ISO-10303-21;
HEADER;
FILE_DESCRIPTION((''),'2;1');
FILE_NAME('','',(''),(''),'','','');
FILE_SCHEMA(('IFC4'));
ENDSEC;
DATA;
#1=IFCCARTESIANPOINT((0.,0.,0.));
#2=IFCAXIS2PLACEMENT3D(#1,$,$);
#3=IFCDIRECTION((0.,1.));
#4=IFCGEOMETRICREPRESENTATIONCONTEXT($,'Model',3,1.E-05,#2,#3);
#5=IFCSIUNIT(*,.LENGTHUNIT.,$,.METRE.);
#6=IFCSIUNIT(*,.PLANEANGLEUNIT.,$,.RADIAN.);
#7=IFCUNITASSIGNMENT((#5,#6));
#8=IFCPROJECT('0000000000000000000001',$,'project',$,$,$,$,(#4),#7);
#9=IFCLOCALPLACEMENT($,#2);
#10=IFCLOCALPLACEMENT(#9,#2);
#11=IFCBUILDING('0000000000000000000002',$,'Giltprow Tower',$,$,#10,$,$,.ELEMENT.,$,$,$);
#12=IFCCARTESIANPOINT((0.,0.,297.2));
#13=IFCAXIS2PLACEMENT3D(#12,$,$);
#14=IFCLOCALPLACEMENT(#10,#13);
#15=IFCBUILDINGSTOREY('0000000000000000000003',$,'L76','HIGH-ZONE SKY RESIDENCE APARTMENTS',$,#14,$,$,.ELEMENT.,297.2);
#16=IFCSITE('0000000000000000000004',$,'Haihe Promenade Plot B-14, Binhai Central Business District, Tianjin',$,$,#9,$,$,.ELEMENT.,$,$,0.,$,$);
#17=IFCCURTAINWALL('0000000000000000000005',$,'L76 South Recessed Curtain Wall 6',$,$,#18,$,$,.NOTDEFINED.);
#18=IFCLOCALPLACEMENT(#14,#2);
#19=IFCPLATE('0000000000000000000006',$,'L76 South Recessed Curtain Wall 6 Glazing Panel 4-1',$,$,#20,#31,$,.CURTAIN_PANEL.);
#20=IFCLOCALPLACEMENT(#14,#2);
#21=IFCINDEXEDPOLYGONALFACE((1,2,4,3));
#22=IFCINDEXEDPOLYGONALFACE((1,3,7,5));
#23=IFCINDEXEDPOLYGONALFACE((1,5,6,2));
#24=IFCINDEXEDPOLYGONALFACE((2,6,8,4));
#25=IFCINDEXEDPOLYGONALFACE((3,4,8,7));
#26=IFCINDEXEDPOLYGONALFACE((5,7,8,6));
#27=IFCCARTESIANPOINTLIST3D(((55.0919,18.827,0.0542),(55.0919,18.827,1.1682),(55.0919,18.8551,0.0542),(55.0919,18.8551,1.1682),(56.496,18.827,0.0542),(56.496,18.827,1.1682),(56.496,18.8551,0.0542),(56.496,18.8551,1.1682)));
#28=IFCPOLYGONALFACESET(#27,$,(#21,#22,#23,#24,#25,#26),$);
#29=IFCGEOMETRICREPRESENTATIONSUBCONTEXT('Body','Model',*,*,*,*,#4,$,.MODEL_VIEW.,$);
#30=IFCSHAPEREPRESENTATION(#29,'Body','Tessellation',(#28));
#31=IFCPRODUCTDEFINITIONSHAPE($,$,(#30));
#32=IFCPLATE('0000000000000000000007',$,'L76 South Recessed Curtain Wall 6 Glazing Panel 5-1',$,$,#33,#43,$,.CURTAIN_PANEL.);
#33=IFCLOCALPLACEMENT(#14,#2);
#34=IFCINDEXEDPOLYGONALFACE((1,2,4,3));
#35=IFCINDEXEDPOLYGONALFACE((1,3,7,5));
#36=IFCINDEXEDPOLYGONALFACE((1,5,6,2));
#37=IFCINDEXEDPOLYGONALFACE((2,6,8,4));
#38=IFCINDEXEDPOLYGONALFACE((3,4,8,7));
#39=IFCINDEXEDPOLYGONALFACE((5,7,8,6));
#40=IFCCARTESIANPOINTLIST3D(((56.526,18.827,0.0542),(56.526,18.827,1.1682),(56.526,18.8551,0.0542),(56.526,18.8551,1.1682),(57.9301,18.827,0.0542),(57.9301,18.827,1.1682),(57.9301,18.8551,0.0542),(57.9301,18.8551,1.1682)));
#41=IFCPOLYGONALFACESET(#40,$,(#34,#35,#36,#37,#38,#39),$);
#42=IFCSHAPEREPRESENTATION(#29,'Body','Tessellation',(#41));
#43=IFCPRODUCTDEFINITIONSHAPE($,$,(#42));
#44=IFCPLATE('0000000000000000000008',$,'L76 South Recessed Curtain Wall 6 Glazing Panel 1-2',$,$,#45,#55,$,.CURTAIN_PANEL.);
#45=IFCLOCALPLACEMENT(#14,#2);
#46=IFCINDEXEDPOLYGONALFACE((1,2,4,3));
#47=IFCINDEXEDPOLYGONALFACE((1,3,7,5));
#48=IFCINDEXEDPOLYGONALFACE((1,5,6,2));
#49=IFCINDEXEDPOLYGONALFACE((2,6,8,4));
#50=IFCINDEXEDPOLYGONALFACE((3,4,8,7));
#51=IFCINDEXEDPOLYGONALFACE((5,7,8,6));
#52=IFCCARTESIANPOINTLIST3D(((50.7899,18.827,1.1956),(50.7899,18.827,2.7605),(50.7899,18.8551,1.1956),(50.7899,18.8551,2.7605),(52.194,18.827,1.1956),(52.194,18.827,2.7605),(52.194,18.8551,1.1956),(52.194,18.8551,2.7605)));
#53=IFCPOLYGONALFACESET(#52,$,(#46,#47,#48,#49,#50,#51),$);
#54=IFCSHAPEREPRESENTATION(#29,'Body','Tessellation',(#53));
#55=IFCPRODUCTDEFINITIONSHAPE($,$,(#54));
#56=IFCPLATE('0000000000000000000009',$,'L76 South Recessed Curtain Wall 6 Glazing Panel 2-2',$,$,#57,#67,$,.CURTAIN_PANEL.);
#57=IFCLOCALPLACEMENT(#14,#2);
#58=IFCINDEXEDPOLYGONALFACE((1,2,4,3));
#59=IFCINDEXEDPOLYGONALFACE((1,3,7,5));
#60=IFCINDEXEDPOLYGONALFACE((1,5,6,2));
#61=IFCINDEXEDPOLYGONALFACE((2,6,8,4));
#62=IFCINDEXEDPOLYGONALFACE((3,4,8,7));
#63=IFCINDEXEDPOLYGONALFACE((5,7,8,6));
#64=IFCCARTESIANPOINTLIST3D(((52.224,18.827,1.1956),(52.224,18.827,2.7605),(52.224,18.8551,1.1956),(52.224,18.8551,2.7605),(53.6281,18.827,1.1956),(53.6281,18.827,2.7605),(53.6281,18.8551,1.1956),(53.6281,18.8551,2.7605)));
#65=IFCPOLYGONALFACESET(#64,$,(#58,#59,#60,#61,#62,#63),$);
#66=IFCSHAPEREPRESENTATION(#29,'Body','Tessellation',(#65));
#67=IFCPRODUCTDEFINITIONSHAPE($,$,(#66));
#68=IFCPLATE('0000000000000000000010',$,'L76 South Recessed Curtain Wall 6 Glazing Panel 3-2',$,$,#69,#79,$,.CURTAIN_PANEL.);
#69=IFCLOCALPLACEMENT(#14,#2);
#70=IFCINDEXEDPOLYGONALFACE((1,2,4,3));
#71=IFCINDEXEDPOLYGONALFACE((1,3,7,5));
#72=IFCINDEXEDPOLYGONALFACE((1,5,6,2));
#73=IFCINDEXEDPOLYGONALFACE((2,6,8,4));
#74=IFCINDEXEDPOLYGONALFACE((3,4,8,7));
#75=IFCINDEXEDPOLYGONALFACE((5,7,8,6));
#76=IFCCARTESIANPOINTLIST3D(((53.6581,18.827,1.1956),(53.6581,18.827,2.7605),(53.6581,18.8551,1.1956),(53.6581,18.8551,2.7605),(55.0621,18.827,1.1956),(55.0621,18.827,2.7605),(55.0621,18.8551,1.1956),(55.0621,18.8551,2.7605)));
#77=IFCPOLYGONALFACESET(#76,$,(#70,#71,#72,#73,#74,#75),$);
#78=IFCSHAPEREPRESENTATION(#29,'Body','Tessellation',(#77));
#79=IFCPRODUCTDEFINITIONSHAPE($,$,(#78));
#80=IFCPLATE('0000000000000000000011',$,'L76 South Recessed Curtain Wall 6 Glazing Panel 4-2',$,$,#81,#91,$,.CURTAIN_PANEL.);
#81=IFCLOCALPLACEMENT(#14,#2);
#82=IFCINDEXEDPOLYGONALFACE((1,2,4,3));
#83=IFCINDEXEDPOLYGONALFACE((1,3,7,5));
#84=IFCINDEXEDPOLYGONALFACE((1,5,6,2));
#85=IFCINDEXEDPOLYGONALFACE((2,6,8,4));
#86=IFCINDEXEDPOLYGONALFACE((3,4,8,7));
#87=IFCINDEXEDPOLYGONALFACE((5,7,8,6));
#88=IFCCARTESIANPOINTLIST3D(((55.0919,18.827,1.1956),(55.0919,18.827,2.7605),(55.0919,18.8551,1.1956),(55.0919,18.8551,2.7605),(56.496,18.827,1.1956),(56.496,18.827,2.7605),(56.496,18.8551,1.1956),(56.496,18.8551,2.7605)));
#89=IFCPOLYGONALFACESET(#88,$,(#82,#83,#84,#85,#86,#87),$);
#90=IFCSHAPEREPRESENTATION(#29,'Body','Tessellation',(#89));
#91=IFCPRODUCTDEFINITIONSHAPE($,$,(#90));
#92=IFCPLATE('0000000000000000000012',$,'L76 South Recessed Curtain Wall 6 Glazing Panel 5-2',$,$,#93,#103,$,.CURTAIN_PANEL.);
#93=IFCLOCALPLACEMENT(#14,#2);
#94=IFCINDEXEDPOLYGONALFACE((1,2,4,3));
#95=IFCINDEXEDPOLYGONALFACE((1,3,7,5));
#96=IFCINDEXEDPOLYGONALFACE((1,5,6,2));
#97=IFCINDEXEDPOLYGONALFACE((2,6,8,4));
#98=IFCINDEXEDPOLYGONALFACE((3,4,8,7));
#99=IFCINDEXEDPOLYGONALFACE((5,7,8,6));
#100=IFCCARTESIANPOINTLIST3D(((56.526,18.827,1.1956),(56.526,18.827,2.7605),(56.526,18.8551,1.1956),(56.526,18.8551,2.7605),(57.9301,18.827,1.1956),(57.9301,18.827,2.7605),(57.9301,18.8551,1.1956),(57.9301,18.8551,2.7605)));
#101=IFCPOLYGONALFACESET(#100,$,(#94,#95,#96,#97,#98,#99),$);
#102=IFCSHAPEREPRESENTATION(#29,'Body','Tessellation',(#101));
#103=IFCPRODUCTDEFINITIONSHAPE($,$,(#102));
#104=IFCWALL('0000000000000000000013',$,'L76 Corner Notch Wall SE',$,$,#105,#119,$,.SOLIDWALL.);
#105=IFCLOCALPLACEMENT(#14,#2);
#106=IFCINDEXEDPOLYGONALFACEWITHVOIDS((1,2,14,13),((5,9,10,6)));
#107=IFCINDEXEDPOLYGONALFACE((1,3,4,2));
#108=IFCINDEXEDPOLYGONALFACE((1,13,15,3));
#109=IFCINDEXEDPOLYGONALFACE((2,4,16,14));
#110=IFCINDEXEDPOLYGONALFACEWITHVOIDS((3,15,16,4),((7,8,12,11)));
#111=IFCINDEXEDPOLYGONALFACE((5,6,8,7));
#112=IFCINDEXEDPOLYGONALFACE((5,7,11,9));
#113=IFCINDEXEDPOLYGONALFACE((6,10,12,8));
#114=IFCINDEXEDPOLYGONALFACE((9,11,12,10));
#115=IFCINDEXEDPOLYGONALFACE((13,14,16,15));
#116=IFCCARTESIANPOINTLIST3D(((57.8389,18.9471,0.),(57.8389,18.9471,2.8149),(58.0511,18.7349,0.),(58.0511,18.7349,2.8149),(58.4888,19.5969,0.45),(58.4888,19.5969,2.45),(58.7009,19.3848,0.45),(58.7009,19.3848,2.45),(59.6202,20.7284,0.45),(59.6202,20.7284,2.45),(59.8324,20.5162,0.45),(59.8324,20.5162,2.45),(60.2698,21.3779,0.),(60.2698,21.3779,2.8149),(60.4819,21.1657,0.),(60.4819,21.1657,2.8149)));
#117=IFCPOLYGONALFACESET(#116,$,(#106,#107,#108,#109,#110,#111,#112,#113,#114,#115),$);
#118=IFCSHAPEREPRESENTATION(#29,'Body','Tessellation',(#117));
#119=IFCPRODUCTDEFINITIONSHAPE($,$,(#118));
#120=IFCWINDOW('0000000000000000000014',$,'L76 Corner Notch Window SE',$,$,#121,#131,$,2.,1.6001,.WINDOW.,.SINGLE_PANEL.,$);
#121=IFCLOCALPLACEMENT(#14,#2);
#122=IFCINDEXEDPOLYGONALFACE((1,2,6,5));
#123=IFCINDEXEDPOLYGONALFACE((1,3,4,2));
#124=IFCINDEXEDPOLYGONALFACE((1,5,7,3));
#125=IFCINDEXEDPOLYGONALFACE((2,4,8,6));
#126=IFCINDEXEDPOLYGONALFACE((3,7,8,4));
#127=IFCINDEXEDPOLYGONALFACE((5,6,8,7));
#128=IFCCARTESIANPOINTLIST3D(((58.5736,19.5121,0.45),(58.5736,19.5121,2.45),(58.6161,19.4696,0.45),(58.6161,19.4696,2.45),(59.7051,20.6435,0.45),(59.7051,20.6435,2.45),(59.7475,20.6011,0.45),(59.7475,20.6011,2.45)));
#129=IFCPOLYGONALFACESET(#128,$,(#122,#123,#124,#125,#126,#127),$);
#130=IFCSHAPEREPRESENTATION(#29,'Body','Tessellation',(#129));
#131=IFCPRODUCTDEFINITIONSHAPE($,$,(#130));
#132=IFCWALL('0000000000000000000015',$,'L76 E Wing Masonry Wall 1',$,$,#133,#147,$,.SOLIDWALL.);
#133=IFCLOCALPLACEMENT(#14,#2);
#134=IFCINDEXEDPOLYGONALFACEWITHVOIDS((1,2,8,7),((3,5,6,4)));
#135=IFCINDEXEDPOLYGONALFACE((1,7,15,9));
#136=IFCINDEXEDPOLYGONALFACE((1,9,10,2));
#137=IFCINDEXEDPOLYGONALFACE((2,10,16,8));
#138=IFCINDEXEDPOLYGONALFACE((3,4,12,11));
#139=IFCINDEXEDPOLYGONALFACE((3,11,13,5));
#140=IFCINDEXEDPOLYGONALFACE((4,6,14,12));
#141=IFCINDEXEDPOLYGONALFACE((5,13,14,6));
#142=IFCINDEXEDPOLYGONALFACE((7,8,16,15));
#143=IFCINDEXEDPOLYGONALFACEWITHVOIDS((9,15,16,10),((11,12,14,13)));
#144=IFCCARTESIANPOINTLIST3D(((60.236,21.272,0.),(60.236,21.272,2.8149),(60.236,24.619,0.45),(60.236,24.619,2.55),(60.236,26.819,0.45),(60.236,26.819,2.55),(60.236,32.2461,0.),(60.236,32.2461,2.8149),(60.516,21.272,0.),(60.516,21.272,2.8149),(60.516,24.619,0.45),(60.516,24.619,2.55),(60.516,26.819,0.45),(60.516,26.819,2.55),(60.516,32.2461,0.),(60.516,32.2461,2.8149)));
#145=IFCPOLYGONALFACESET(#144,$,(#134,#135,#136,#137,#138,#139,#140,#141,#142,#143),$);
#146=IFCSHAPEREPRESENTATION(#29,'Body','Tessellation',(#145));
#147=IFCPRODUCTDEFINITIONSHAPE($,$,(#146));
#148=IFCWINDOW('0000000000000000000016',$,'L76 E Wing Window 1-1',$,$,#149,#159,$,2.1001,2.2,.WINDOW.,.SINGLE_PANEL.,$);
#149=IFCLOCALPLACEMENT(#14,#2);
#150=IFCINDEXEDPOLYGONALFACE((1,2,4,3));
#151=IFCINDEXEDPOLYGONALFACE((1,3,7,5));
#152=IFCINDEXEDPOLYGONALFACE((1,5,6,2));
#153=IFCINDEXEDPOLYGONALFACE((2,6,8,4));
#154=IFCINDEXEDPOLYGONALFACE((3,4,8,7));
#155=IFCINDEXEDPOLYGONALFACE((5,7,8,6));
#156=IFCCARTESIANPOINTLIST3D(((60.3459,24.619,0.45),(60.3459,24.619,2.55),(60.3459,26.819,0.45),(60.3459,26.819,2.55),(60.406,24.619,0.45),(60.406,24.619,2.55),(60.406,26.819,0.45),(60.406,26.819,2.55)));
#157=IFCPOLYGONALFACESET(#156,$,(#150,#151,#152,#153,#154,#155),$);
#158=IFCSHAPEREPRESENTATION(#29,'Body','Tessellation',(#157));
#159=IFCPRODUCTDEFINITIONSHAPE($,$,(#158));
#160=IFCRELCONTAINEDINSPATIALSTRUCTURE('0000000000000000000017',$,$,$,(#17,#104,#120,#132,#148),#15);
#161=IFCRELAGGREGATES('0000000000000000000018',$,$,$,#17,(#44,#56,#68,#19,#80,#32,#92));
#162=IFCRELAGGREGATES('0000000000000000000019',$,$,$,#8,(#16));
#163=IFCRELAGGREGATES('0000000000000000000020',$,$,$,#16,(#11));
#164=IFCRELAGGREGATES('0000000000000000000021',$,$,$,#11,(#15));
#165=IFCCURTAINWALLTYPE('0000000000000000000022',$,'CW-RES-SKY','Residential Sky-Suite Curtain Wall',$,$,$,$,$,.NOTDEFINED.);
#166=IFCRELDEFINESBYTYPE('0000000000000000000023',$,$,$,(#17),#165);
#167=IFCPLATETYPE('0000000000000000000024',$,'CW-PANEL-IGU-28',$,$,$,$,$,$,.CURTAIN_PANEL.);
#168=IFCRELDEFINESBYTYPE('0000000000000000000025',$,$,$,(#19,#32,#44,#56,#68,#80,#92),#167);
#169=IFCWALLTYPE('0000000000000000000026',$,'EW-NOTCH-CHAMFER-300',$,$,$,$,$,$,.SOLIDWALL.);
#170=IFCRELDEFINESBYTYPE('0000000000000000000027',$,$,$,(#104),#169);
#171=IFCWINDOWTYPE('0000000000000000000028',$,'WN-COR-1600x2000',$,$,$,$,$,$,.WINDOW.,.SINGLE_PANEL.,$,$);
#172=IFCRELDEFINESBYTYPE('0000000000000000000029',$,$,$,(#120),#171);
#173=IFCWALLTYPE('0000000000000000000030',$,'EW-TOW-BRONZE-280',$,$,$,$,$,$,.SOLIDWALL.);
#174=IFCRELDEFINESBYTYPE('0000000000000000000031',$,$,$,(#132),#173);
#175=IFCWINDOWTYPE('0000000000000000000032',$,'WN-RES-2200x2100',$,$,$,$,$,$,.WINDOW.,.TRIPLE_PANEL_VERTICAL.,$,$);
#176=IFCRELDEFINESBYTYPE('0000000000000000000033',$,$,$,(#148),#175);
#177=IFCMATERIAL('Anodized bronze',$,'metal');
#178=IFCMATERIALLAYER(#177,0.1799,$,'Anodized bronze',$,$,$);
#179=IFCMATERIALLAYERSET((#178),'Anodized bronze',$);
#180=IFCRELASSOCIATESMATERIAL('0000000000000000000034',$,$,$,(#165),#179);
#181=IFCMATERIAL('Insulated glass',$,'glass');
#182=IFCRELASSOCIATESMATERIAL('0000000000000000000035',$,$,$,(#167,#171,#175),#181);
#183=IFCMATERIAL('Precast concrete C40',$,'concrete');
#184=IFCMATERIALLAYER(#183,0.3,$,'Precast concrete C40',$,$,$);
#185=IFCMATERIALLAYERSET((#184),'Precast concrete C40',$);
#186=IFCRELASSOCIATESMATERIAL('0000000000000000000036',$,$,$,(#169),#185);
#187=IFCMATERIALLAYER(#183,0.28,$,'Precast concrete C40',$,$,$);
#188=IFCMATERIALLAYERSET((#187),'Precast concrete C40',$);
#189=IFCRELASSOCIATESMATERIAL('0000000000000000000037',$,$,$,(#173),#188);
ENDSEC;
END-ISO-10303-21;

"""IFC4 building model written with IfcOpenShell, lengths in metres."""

from ifc_helpers import new_model, si_unit, direction, frame, frame_2d, origin, origin_2d, place, context, subcontext, project, spatial, rectangle, extrude, source, transform, mapped, material, layer, layer_set, type_object, element, fill, aggregate, save


model = new_model("IFC4")

# Units and contexts
model_context = context("Model", 3, precision=1e-05, world=origin(), true_north=direction((0.0, 1.0)))
body_context = subcontext(model_context, "Body", "Model", "MODEL_VIEW")
ifc_project = project(units=[si_unit("LENGTHUNIT", "METRE"), si_unit("PLANEANGLEUNIT", "RADIAN")], contexts=[model_context])

# Site, building, storey
site_placement = place(None, origin())
site = spatial("IfcSite", under=ifc_project, at=site_placement, Name="Haihe Promenade Plot B-14, Binhai Central Business District, Tianjin", CompositionType="ELEMENT", RefElevation=0.0)
building_placement = place(site_placement, origin())
building = spatial("IfcBuilding", under=site, at=building_placement, Name="Giltprow Tower", CompositionType="ELEMENT")
storey_placement = place(building_placement, frame((0.0, 0.0, 297.2)))
storey = spatial("IfcBuildingStorey", under=building, at=storey_placement, Name="L76", Description="HIGH-ZONE SKY RESIDENCE APARTMENTS", CompositionType="ELEMENT", Elevation=297.2)

# Curtain wall
ifc_material_1 = material(Name="Anodized bronze", Category="metal")
ifc_layer_1 = layer(ifc_material_1, 0.1799, Name="Anodized bronze")
ifc_layer_set_1 = layer_set([ifc_layer_1], Name="Anodized bronze")
curtain_wall_type = type_object("IfcCurtainWallType", Name="CW-RES-SKY", Description="Residential Sky-Suite Curtain Wall", PredefinedType="NOTDEFINED", material=ifc_layer_set_1)
curtain_wall_placement = place(storey_placement, origin())
curtain_wall = element("IfcCurtainWall", 1, at=curtain_wall_placement, inside=storey, type_object=curtain_wall_type, Name="L76 South Recessed Curtain Wall 6", PredefinedType="NOTDEFINED")

# Plates
ifc_material_2 = material(Name="Insulated glass", Category="glass")
plate_type_1 = type_object("IfcPlateType", Name="CW-PANEL-IGU-28", PredefinedType="CURTAIN_PANEL", material=ifc_material_2)
shared_shape_1 = source(origin(), body_context, "Body", "SweptSolid", [
    extrude(rectangle(XDim=1.4041, YDim=0.0281, at=origin_2d()), origin(), (0.0, 0.0, 1.0), 1.114),
])
plate_1_placement = place(storey_placement, frame((55.7939, 18.8411, 0.0542), z_axis=(0.0, 0.0, 1.0), x_axis=(1.0, 0.0, 0.0)))
plate_1 = element("IfcPlate", 2, at=plate_1_placement, type_object=plate_type_1, Name="L76 South Recessed Curtain Wall 6 Glazing Panel 4-1", PredefinedType="CURTAIN_PANEL", context=body_context, shape_type="MappedRepresentation", body=[
    mapped(shared_shape_1, transform((0.0, 0.0, 0.0), x_axis=(1.0, 0.0, 0.0), y_axis=(0.0, 1.0, 0.0), z_axis=(0.0, 0.0, 1.0), scale=1.0)),
])
plate_2_placement = place(storey_placement, frame((57.228, 18.8411, 0.0542), z_axis=(0.0, 0.0, 1.0), x_axis=(1.0, 0.0, 0.0)))
plate_2 = element("IfcPlate", 3, at=plate_2_placement, type_object=plate_type_1, Name="L76 South Recessed Curtain Wall 6 Glazing Panel 5-1", PredefinedType="CURTAIN_PANEL", context=body_context, shape_type="MappedRepresentation", body=[
    mapped(shared_shape_1, transform((0.0, 0.0, 0.0), x_axis=(1.0, 0.0, 0.0), y_axis=(0.0, 1.0, 0.0), z_axis=(0.0, 0.0, 1.0), scale=1.0)),
])
shared_shape_2 = source(origin(), body_context, "Body", "SweptSolid", [
    extrude(rectangle(XDim=1.4041, YDim=0.0281, at=origin_2d()), origin(), (0.0, 0.0, 1.0), 1.5649),
])
plate_3_placement = place(storey_placement, frame((51.4919, 18.8411, 1.1956), z_axis=(0.0, 0.0, 1.0), x_axis=(1.0, 0.0, 0.0)))
plate_3 = element("IfcPlate", 4, at=plate_3_placement, type_object=plate_type_1, Name="L76 South Recessed Curtain Wall 6 Glazing Panel 1-2", PredefinedType="CURTAIN_PANEL", context=body_context, shape_type="MappedRepresentation", body=[
    mapped(shared_shape_2, transform((0.0, 0.0, 0.0), x_axis=(1.0, 0.0, 0.0), y_axis=(0.0, 1.0, 0.0), z_axis=(0.0, 0.0, 1.0), scale=1.0)),
])
plate_4_placement = place(storey_placement, frame((52.926, 18.8411, 1.1956), z_axis=(0.0, 0.0, 1.0), x_axis=(1.0, 0.0, 0.0)))
plate_4 = element("IfcPlate", 5, at=plate_4_placement, type_object=plate_type_1, Name="L76 South Recessed Curtain Wall 6 Glazing Panel 2-2", PredefinedType="CURTAIN_PANEL", context=body_context, shape_type="MappedRepresentation", body=[
    mapped(shared_shape_2, transform((0.0, 0.0, 0.0), x_axis=(1.0, 0.0, 0.0), y_axis=(0.0, 1.0, 0.0), z_axis=(0.0, 0.0, 1.0), scale=1.0)),
])
plate_5_placement = place(storey_placement, frame((54.3601, 18.8411, 1.1956), z_axis=(0.0, 0.0, 1.0), x_axis=(1.0, 0.0, 0.0)))
plate_5 = element("IfcPlate", 6, at=plate_5_placement, type_object=plate_type_1, Name="L76 South Recessed Curtain Wall 6 Glazing Panel 3-2", PredefinedType="CURTAIN_PANEL", context=body_context, shape_type="MappedRepresentation", body=[
    mapped(shared_shape_2, transform((0.0, 0.0, 0.0), x_axis=(1.0, 0.0, 0.0), y_axis=(0.0, 1.0, 0.0), z_axis=(0.0, 0.0, 1.0), scale=1.0)),
])
plate_6_placement = place(storey_placement, frame((55.7939, 18.8411, 1.1956), z_axis=(0.0, 0.0, 1.0), x_axis=(1.0, 0.0, 0.0)))
plate_6 = element("IfcPlate", 7, at=plate_6_placement, type_object=plate_type_1, Name="L76 South Recessed Curtain Wall 6 Glazing Panel 4-2", PredefinedType="CURTAIN_PANEL", context=body_context, shape_type="MappedRepresentation", body=[
    mapped(shared_shape_2, transform((0.0, 0.0, 0.0), x_axis=(1.0, 0.0, 0.0), y_axis=(0.0, 1.0, 0.0), z_axis=(0.0, 0.0, 1.0), scale=1.0)),
])
plate_7_placement = place(storey_placement, frame((57.228, 18.8411, 1.1956), z_axis=(0.0, 0.0, 1.0), x_axis=(1.0, 0.0, 0.0)))
plate_7 = element("IfcPlate", 8, at=plate_7_placement, type_object=plate_type_1, Name="L76 South Recessed Curtain Wall 6 Glazing Panel 5-2", PredefinedType="CURTAIN_PANEL", context=body_context, shape_type="MappedRepresentation", body=[
    mapped(shared_shape_2, transform((0.0, 0.0, 0.0), x_axis=(1.0, 0.0, 0.0), y_axis=(0.0, 1.0, 0.0), z_axis=(0.0, 0.0, 1.0), scale=1.0)),
])
aggregate(curtain_wall, [plate_3, plate_4, plate_5, plate_1, plate_6, plate_2, plate_7])

# Walls, openings, windows
ifc_material_3 = material(Name="Precast concrete C40", Category="concrete")
ifc_layer_2 = layer(ifc_material_3, 0.3, Name="Precast concrete C40")
ifc_layer_set_2 = layer_set([ifc_layer_2], Name="Precast concrete C40")
wall_type_1 = type_object("IfcWallType", Name="EW-NOTCH-CHAMFER-300", PredefinedType="SOLIDWALL", material=ifc_layer_set_2)
wall_1_placement = place(storey_placement, frame((57.9451, 18.8411, 0.0), z_axis=(0.0, 0.0, 1.0), x_axis=(0.707107, 0.707107, 0.0)))
wall_1 = element("IfcWall", 9, at=wall_1_placement, inside=storey, type_object=wall_type_1, Name="L76 Corner Notch Wall SE", PredefinedType="SOLIDWALL", context=body_context, shape_type="SweptSolid", body=[
    extrude(rectangle(XDim=3.4377, YDim=0.3, at=frame_2d((1.7188, 0.0))), origin(), (0.0, 0.0, 1.0), 2.8149),
])
opening_1_placement = place(wall_1_placement, frame((0.9189, 0.0, 0.45)))
opening_1 = element("IfcOpeningElement", 10, at=opening_1_placement, cuts=wall_1, PredefinedType="OPENING", context=body_context, shape_type="SweptSolid", body=[
    extrude(rectangle(XDim=1.6001, YDim=2.0, at=frame_2d((0.8, 1.0))), frame((0.0, 0.1599, 0.0), z_axis=(0.0, -1.0, 0.0), x_axis=(1.0, 0.0, 0.0)), (0.0, 0.0, 1.0), 0.3201),
])
window_type_1 = type_object("IfcWindowType", Name="WN-COR-1600x2000", PartitioningType="SINGLE_PANEL", PredefinedType="WINDOW", material=ifc_material_2)
shared_shape_3 = source(origin(), body_context, "Body", "SweptSolid", [
    extrude(rectangle(XDim=1.6001, YDim=2.0, at=frame_2d((0.8, 1.0))), frame((0.0, 0.03, 0.0), z_axis=(0.0, -1.0, 0.0), x_axis=(1.0, 0.0, 0.0)), (0.0, 0.0, 1.0), 0.0601),
])
window_1_placement = place(opening_1_placement, origin())
window_1 = element("IfcWindow", 11, at=window_1_placement, inside=storey, type_object=window_type_1, Name="L76 Corner Notch Window SE", OverallHeight=2.0, OverallWidth=1.6001, PartitioningType="SINGLE_PANEL", PredefinedType="WINDOW", context=body_context, shape_type="MappedRepresentation", body=[
    mapped(shared_shape_3, transform((0.0, 0.0, 0.0), x_axis=(1.0, 0.0, 0.0), y_axis=(0.0, 1.0, 0.0), z_axis=(0.0, 0.0, 1.0), scale=1.0)),
])
fill(opening_1, window_1)
ifc_layer_3 = layer(ifc_material_3, 0.28, Name="Precast concrete C40")
ifc_layer_set_3 = layer_set([ifc_layer_3], Name="Precast concrete C40")
wall_type_2 = type_object("IfcWallType", Name="EW-TOW-BRONZE-280", PredefinedType="SOLIDWALL", material=ifc_layer_set_3)
wall_2_placement = place(storey_placement, frame((60.376, 21.272, 0.0), z_axis=(0.0, 0.0, 1.0), x_axis=(0.0, 1.0, 0.0)))
wall_2 = element("IfcWall", 12, at=wall_2_placement, inside=storey, type_object=wall_type_2, Name="L76 E Wing Masonry Wall 1", PredefinedType="SOLIDWALL", context=body_context, shape_type="SweptSolid", body=[
    extrude(rectangle(XDim=10.9741, YDim=0.28, at=frame_2d((5.4871, 0.0))), origin(), (0.0, 0.0, 1.0), 2.8149),
])
opening_2_placement = place(wall_2_placement, frame((3.3469, 0.0, 0.45)))
opening_2 = element("IfcOpeningElement", 13, at=opening_2_placement, cuts=wall_2, PredefinedType="OPENING", context=body_context, shape_type="SweptSolid", body=[
    extrude(rectangle(XDim=2.2, YDim=2.1001, at=frame_2d((1.1001, 1.05))), frame((0.0, 0.1499, 0.0), z_axis=(0.0, -1.0, 0.0), x_axis=(1.0, 0.0, 0.0)), (0.0, 0.0, 1.0), 0.3),
])
window_type_2 = type_object("IfcWindowType", Name="WN-RES-2200x2100", PartitioningType="TRIPLE_PANEL_VERTICAL", PredefinedType="WINDOW", material=ifc_material_2)
shared_shape_4 = source(origin(), body_context, "Body", "SweptSolid", [
    extrude(rectangle(XDim=2.2, YDim=2.1001, at=frame_2d((1.1001, 1.05))), frame((0.0, 0.03, 0.0), z_axis=(0.0, -1.0, 0.0), x_axis=(1.0, 0.0, 0.0)), (0.0, 0.0, 1.0), 0.0601),
])
window_2_placement = place(opening_2_placement, origin())
window_2 = element("IfcWindow", 14, at=window_2_placement, inside=storey, type_object=window_type_2, Name="L76 E Wing Window 1-1", OverallHeight=2.1001, OverallWidth=2.2, PartitioningType="SINGLE_PANEL", PredefinedType="WINDOW", context=body_context, shape_type="MappedRepresentation", body=[
    mapped(shared_shape_4, transform((0.0, 0.0, 0.0), x_axis=(1.0, 0.0, 0.0), y_axis=(0.0, 1.0, 0.0), z_axis=(0.0, 0.0, 1.0), scale=1.0)),
])
fill(opening_2, window_2)

save(model, "model.ifc")
